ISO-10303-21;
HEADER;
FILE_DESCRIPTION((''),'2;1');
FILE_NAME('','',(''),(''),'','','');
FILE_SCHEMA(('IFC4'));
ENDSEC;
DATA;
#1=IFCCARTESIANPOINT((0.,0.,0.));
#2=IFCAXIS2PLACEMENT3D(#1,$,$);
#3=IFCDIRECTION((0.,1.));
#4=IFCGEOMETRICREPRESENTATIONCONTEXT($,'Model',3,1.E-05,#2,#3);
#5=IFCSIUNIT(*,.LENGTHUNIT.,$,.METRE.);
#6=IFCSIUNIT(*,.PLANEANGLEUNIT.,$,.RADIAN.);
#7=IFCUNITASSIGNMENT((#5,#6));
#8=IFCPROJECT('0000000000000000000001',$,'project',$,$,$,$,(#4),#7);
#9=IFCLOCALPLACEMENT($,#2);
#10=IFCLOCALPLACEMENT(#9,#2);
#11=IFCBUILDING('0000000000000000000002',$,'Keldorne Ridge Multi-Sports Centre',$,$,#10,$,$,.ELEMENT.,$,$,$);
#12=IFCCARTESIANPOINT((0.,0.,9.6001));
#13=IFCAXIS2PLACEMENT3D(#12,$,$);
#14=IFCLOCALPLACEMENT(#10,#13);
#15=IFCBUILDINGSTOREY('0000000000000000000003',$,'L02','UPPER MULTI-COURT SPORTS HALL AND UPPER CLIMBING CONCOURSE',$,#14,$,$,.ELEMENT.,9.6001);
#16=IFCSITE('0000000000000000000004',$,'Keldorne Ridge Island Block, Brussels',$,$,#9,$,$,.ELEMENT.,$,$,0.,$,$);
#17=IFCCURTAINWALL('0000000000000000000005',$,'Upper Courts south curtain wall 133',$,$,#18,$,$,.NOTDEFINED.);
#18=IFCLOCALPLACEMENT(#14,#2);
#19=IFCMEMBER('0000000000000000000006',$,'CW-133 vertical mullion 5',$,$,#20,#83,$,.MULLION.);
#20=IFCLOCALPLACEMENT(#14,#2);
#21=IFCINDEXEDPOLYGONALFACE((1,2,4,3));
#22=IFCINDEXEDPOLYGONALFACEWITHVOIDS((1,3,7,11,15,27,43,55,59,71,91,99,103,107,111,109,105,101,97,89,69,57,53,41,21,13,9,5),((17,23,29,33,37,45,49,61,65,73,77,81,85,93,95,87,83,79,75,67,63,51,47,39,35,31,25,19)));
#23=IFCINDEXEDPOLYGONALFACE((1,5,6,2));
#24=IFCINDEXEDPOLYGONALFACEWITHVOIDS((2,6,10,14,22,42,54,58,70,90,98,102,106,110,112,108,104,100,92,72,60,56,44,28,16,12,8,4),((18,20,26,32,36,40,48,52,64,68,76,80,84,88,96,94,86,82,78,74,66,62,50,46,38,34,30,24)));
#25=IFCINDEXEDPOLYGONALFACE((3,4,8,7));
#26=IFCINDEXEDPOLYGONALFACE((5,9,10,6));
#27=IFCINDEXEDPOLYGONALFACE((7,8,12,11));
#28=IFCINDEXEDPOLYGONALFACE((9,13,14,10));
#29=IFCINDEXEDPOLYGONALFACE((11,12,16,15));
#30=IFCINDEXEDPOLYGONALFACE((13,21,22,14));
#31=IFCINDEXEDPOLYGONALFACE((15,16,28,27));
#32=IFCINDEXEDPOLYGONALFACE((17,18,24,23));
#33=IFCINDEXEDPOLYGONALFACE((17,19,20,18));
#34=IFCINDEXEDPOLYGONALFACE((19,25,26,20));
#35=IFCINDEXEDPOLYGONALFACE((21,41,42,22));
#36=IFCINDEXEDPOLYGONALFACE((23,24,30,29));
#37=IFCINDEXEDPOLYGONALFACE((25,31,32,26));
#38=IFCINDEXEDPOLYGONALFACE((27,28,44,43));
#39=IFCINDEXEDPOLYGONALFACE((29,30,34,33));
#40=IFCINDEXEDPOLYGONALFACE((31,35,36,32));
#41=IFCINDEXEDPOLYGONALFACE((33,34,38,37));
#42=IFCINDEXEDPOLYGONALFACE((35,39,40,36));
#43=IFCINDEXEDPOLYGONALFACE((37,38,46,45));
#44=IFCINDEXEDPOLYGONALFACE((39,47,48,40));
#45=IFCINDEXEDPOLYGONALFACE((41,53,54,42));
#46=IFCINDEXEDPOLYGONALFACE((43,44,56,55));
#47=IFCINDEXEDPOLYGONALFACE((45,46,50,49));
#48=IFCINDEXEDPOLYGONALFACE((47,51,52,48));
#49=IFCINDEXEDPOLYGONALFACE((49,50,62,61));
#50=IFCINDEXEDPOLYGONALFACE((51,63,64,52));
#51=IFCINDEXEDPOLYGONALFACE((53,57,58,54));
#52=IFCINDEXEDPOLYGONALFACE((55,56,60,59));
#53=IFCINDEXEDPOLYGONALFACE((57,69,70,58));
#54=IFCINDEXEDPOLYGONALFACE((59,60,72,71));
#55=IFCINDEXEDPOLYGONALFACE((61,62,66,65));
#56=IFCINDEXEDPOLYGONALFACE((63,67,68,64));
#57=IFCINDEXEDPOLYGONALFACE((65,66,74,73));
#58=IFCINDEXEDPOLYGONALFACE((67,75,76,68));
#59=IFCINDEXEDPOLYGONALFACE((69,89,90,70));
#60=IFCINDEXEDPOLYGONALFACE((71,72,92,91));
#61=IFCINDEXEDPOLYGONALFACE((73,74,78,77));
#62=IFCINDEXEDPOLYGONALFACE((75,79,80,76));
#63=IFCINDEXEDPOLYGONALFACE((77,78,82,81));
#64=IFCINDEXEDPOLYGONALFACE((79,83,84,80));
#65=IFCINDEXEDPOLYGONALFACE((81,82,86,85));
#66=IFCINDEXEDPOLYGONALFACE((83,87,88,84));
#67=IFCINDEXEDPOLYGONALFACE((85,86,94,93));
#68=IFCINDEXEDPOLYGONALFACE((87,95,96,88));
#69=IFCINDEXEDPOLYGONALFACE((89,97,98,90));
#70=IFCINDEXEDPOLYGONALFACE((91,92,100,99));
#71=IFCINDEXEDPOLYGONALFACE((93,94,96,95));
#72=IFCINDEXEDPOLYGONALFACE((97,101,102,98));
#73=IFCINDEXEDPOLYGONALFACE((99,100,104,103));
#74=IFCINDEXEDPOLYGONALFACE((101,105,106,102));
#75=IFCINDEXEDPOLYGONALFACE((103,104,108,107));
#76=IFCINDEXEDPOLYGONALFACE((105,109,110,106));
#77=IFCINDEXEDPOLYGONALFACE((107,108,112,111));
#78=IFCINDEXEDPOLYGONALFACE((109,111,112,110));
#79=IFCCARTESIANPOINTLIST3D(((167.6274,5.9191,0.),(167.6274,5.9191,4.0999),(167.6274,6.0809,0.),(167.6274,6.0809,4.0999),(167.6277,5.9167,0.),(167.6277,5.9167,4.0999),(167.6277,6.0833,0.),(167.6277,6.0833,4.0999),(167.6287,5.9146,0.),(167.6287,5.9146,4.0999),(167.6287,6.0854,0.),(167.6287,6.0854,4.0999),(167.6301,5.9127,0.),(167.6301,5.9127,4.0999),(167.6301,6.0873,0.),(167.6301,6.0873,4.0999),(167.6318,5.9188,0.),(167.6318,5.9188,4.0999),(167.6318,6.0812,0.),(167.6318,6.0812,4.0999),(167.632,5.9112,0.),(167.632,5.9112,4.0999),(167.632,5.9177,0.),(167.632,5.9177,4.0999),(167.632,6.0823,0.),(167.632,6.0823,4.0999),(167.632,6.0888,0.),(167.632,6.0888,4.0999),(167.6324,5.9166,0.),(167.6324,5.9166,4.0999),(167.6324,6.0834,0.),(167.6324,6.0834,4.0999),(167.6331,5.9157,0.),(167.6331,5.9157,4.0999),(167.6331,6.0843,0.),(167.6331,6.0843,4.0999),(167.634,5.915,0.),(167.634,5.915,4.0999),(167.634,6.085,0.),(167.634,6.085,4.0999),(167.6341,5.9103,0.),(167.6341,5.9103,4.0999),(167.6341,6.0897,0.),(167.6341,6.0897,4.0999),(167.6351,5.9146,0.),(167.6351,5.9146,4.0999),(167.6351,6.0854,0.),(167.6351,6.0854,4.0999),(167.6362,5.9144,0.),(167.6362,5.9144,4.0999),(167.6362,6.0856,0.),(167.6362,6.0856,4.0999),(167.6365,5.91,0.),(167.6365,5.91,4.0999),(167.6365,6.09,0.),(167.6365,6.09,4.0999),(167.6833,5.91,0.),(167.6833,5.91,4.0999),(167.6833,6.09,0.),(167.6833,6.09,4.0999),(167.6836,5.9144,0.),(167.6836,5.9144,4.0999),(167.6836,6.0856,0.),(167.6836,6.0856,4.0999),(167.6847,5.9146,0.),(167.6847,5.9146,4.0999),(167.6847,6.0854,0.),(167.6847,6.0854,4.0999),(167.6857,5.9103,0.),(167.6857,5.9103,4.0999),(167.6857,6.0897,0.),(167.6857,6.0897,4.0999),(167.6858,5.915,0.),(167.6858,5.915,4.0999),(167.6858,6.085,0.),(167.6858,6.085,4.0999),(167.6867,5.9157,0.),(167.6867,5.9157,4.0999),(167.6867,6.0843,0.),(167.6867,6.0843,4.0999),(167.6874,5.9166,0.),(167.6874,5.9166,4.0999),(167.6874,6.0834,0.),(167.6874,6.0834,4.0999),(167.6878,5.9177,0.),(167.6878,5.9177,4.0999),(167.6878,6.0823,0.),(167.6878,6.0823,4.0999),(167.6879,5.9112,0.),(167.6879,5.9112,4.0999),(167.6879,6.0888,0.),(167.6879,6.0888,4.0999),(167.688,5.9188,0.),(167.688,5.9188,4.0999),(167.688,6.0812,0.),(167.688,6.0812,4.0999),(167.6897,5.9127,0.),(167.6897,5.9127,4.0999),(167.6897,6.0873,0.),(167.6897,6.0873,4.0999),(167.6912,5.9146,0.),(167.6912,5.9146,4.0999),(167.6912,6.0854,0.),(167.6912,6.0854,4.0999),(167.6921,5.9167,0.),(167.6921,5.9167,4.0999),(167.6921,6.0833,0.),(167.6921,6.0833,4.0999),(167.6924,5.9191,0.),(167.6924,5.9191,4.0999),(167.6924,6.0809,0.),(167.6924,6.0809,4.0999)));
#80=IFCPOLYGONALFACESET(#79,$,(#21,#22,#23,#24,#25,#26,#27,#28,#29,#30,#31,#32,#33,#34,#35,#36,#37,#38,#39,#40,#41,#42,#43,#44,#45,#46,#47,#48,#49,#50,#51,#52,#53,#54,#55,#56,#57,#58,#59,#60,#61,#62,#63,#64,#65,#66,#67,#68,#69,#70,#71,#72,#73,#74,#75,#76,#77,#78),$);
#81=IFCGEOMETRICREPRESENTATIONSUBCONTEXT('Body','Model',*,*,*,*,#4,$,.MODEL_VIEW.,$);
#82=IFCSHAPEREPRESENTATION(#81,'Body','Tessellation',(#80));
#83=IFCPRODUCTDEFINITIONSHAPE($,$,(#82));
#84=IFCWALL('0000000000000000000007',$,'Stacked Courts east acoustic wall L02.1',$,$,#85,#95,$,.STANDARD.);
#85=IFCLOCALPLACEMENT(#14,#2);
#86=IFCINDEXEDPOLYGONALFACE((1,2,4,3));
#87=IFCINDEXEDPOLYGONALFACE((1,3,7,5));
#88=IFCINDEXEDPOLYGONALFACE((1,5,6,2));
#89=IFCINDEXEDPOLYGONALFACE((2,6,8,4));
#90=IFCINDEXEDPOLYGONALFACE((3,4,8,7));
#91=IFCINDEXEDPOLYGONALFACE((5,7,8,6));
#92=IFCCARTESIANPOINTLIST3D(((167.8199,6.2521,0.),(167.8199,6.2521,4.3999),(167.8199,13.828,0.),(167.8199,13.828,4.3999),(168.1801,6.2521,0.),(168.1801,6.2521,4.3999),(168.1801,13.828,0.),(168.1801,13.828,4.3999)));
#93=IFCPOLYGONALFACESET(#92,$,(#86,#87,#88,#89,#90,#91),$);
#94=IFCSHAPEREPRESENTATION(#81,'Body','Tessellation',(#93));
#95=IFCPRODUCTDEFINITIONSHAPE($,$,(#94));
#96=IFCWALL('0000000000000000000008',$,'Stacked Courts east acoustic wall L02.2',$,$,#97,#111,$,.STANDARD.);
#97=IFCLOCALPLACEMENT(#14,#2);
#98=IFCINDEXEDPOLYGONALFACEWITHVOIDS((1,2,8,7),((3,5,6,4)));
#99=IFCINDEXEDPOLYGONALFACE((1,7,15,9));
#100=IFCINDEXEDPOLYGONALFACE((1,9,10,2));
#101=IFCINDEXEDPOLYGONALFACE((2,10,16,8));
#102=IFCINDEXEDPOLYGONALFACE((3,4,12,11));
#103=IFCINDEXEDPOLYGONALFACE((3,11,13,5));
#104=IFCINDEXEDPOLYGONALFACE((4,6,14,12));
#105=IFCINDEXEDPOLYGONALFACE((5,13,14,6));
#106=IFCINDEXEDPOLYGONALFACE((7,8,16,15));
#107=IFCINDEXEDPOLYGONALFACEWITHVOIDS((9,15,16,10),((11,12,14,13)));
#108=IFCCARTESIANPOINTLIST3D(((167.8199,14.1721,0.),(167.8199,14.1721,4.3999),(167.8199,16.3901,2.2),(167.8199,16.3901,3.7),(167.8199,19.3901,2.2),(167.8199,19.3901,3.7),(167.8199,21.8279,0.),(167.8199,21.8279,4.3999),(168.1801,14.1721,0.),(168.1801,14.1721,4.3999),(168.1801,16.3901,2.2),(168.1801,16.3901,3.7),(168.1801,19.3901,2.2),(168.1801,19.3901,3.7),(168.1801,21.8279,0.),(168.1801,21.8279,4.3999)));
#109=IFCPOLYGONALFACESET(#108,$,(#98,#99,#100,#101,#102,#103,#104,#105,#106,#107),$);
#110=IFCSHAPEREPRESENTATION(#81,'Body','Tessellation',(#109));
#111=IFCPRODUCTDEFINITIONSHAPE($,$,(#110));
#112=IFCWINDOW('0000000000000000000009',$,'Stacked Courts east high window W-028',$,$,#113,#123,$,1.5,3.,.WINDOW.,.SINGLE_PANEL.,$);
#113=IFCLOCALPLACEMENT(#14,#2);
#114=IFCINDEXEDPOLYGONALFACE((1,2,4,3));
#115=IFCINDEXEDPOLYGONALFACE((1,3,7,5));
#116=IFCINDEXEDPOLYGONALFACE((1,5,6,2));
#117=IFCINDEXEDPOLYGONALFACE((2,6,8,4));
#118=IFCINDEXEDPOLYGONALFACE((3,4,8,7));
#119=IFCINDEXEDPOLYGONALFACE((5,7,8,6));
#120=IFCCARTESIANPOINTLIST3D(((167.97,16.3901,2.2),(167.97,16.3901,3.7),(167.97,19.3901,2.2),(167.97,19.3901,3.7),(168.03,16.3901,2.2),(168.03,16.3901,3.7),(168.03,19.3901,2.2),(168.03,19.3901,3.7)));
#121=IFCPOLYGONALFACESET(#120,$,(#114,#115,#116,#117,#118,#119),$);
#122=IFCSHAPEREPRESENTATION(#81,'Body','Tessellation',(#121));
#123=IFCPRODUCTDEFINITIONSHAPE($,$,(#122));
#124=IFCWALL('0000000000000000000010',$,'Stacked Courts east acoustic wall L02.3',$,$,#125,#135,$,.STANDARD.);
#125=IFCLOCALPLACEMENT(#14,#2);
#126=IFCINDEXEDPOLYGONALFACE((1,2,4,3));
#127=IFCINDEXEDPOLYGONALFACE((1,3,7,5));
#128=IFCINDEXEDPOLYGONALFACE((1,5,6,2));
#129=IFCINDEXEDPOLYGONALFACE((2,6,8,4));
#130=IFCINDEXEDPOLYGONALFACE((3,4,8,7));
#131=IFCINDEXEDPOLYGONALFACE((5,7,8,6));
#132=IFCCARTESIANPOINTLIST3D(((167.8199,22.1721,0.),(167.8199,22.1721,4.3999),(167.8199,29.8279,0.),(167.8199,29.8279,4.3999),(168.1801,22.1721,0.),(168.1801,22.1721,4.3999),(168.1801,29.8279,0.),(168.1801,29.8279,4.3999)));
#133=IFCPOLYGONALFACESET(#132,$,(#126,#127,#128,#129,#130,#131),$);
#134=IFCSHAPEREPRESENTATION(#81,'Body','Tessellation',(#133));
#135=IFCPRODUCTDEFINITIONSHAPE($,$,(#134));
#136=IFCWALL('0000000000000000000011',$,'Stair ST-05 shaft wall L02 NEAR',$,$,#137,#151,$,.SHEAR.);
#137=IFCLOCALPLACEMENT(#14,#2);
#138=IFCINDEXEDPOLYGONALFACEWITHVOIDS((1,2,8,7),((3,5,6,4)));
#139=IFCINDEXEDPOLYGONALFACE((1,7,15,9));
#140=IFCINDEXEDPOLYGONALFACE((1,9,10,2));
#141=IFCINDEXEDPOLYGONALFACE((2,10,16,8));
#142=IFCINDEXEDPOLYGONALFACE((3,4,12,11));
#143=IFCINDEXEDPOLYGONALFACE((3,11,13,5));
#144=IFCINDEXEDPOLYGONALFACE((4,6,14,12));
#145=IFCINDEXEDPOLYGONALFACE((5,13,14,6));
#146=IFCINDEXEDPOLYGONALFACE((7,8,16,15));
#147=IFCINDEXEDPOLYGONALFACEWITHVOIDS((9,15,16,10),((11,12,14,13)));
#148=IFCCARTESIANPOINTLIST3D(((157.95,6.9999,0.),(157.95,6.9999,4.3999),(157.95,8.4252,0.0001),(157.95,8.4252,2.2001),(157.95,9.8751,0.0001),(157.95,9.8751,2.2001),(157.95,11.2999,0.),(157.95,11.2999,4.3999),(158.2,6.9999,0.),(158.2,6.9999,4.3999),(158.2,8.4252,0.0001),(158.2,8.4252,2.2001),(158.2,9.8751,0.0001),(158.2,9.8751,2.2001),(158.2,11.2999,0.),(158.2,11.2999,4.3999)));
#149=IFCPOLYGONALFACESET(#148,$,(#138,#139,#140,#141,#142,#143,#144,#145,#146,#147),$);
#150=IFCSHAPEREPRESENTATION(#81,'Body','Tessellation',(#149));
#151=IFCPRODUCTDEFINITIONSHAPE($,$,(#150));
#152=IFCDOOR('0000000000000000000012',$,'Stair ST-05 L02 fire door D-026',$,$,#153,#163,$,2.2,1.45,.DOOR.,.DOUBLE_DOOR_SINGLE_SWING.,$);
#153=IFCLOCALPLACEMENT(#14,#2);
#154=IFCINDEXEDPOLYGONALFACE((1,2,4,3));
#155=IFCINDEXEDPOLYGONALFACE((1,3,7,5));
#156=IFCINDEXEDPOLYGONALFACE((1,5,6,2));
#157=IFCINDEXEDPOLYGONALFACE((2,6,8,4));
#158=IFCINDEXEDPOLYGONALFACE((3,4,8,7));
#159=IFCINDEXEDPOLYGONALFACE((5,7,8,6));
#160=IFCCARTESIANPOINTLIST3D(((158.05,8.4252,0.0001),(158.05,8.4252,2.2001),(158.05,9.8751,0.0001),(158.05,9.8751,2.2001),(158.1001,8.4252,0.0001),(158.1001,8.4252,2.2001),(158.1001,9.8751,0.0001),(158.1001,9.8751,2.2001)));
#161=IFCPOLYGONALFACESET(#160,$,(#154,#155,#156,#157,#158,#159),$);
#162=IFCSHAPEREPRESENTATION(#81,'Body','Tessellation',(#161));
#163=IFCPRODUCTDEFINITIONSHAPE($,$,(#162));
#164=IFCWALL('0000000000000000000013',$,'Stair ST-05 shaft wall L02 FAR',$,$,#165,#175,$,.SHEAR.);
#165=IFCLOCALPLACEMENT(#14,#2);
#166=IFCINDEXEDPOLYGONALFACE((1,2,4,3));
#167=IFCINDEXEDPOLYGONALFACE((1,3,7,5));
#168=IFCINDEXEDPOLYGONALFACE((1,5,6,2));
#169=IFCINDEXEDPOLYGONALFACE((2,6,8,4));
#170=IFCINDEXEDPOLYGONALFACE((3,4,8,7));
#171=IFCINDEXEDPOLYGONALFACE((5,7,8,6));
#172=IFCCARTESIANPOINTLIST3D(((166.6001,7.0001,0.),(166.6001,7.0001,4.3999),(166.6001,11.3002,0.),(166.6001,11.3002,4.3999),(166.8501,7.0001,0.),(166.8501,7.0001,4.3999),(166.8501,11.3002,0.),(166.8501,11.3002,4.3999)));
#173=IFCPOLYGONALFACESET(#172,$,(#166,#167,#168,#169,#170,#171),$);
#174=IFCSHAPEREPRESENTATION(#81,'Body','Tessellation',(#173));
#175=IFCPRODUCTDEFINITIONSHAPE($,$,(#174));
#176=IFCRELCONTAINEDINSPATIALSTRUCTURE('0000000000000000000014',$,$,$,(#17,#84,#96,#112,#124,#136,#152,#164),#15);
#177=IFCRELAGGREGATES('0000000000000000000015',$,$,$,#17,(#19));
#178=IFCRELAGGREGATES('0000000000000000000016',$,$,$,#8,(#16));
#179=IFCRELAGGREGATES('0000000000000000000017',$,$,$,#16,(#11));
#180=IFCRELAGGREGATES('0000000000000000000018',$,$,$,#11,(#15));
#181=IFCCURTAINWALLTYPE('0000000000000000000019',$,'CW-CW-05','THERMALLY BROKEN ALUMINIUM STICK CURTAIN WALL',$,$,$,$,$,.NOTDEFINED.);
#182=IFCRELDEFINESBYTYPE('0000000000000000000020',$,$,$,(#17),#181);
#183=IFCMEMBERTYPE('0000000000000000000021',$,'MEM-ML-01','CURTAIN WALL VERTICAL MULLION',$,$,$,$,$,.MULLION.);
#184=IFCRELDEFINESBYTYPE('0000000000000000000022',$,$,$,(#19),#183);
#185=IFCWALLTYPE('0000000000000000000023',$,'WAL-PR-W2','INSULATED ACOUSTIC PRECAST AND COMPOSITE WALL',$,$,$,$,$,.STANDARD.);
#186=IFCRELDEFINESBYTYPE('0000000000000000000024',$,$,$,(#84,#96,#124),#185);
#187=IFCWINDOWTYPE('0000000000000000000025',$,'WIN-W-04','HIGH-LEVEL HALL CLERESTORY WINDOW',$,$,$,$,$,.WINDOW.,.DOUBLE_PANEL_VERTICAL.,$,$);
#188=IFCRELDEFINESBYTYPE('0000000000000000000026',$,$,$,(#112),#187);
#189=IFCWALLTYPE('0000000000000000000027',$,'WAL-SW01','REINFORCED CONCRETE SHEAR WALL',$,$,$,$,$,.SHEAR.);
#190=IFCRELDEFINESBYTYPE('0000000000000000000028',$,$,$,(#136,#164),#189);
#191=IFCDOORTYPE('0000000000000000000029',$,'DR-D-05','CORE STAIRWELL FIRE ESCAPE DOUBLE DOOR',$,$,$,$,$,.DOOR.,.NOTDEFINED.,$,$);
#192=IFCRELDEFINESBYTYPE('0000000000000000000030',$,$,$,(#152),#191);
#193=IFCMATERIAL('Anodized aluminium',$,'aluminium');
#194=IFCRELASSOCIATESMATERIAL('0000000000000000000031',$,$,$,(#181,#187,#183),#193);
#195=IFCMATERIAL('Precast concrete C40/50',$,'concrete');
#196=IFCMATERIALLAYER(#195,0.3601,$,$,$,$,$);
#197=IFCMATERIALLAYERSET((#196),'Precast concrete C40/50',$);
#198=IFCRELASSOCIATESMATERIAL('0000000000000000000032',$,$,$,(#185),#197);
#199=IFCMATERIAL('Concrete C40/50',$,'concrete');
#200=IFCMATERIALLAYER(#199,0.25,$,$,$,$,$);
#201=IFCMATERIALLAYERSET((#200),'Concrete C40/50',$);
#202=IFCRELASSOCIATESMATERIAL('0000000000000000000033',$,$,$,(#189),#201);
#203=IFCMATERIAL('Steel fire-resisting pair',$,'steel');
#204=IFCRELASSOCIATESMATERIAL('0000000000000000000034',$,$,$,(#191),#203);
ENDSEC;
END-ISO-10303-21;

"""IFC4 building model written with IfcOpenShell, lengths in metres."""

from ifc_helpers import new_model, si_unit, direction, frame, frame_2d, origin, origin_2d, place, context, subcontext, project, spatial, rectangle, hollow_rectangle, extrude, material, layer, layer_set, material_profile, profile_set, type_object, element, fill, aggregate, save


model = new_model("IFC4")

# Units and contexts
model_context = context("Model", 3, precision=1e-05, world=origin(), true_north=direction((0.0, 1.0)))
body_context = subcontext(model_context, "Body", "Model", "MODEL_VIEW")
ifc_project = project(units=[si_unit("LENGTHUNIT", "METRE"), si_unit("PLANEANGLEUNIT", "RADIAN")], contexts=[model_context])

# Site, building, storey
site_placement = place(None, origin())
site = spatial("IfcSite", under=ifc_project, at=site_placement, Name="Keldorne Ridge Island Block, Brussels", CompositionType="ELEMENT", RefElevation=0.0)
building_placement = place(site_placement, origin())
building = spatial("IfcBuilding", under=site, at=building_placement, Name="Keldorne Ridge Multi-Sports Centre", CompositionType="ELEMENT")
storey_placement = place(building_placement, frame((0.0, 0.0, 9.6001)))
storey = spatial("IfcBuildingStorey", under=building, at=storey_placement, Name="L02", Description="UPPER MULTI-COURT SPORTS HALL AND UPPER CLIMBING CONCOURSE", CompositionType="ELEMENT", Elevation=9.6001)

# Curtain wall, member
ifc_material_1 = material(Name="Anodized aluminium", Category="aluminium")
curtain_wall_type = type_object("IfcCurtainWallType", Name="CW-CW-05", Description="THERMALLY BROKEN ALUMINIUM STICK CURTAIN WALL", PredefinedType="NOTDEFINED", material=ifc_material_1)
curtain_wall_placement = place(storey_placement, origin())
curtain_wall = element("IfcCurtainWall", 1, at=curtain_wall_placement, inside=storey, type_object=curtain_wall_type, Name="Upper Courts south curtain wall 133", PredefinedType="NOTDEFINED")
ifc_material_profile_1 = material_profile(ifc_material_1, hollow_rectangle(XDim=0.0649, YDim=0.1799, WallThickness=0.0044, InnerFilletRadius=0.0044, OuterFilletRadius=0.009, at=origin_2d()), Name="ALU MULLION 180x65x4.5")
ifc_profile_set_1 = profile_set([ifc_material_profile_1], Name="Anodized aluminium")
member_type = type_object("IfcMemberType", Name="MEM-ML-01", Description="CURTAIN WALL VERTICAL MULLION", PredefinedType="MULLION", material=ifc_profile_set_1)
member_placement = place(storey_placement, frame((167.6599, 6.0, 0.0), z_axis=(0.0, 0.0, 1.0), x_axis=(1.0, 0.0, 0.0)))
member = element("IfcMember", 2, at=member_placement, type_object=member_type, Name="CW-133 vertical mullion 5", PredefinedType="MULLION", context=body_context, shape_type="SweptSolid", body=[
    extrude(hollow_rectangle(XDim=0.0649, YDim=0.1799, WallThickness=0.0044, InnerFilletRadius=0.0044, OuterFilletRadius=0.009, at=origin_2d()), origin(), (0.0, 0.0, 1.0), 4.0999),
])
aggregate(curtain_wall, [member])

# Wall
ifc_material_2 = material(Name="Precast concrete C40/50", Category="concrete")
ifc_layer_1 = layer(ifc_material_2, 0.3601)
ifc_layer_set_1 = layer_set([ifc_layer_1], Name="Precast concrete C40/50")
wall_type_1 = type_object("IfcWallType", Name="WAL-PR-W2", Description="INSULATED ACOUSTIC PRECAST AND COMPOSITE WALL", PredefinedType="STANDARD", material=ifc_layer_set_1)
wall_1_placement = place(storey_placement, frame((168.0, 6.252, 0.0), z_axis=(0.0, 0.0, 1.0), x_axis=(0.0, 1.0, 0.0)))
element("IfcWall", 3, at=wall_1_placement, inside=storey, type_object=wall_type_1, Name="Stacked Courts east acoustic wall L02.1", PredefinedType="STANDARD", context=body_context, shape_type="SweptSolid", body=[
    extrude(rectangle(XDim=7.5759, YDim=0.3601, at=frame_2d((3.7881, 0.0))), origin(), (0.0, 0.0, 1.0), 4.3999),
])

# Wall, opening, window
wall_2_placement = place(storey_placement, frame((168.0, 14.1721, 0.0), z_axis=(0.0, 0.0, 1.0), x_axis=(0.0, 1.0, 0.0)))
wall_2 = element("IfcWall", 4, at=wall_2_placement, inside=storey, type_object=wall_type_1, Name="Stacked Courts east acoustic wall L02.2", PredefinedType="STANDARD", context=body_context, shape_type="SweptSolid", body=[
    extrude(rectangle(XDim=7.6558, YDim=0.3601, at=frame_2d((3.8279, 0.0))), origin(), (0.0, 0.0, 1.0), 4.3999),
])
opening_1_placement = place(wall_2_placement, frame((2.218, 0.0, 2.2)))
opening_1 = element("IfcOpeningElement", 5, at=opening_1_placement, cuts=wall_2, PredefinedType="OPENING", context=body_context, shape_type="SweptSolid", body=[
    extrude(rectangle(XDim=3.0, YDim=1.5, at=frame_2d((1.5, 0.75))), frame((0.0, 0.1899, 0.0), z_axis=(0.0, -1.0, 0.0), x_axis=(1.0, 0.0, 0.0)), (0.0, 0.0, 1.0), 0.3801),
])
window_type = type_object("IfcWindowType", Name="WIN-W-04", Description="HIGH-LEVEL HALL CLERESTORY WINDOW", PartitioningType="DOUBLE_PANEL_VERTICAL", PredefinedType="WINDOW", material=ifc_material_1)
window_placement = place(opening_1_placement, origin())
window = element("IfcWindow", 6, at=window_placement, inside=storey, type_object=window_type, Name="Stacked Courts east high window W-028", OverallHeight=1.5, OverallWidth=3.0, PartitioningType="SINGLE_PANEL", PredefinedType="WINDOW", context=body_context, shape_type="SweptSolid", body=[
    extrude(rectangle(XDim=3.0, YDim=1.5, at=frame_2d((1.5, 0.75))), frame((0.0, 0.03, 0.0), z_axis=(0.0, -1.0, 0.0), x_axis=(1.0, 0.0, 0.0)), (0.0, 0.0, 1.0), 0.0601),
])
fill(opening_1, window)

# Wall
wall_3_placement = place(storey_placement, frame((168.0, 22.1721, 0.0), z_axis=(0.0, 0.0, 1.0), x_axis=(0.0, 1.0, 0.0)))
element("IfcWall", 7, at=wall_3_placement, inside=storey, type_object=wall_type_1, Name="Stacked Courts east acoustic wall L02.3", PredefinedType="STANDARD", context=body_context, shape_type="SweptSolid", body=[
    extrude(rectangle(XDim=7.6558, YDim=0.3601, at=frame_2d((3.8279, 0.0))), origin(), (0.0, 0.0, 1.0), 4.3999),
])

# Wall, opening, door
ifc_material_3 = material(Name="Concrete C40/50", Category="concrete")
ifc_layer_2 = layer(ifc_material_3, 0.25)
ifc_layer_set_2 = layer_set([ifc_layer_2], Name="Concrete C40/50")
wall_type_2 = type_object("IfcWallType", Name="WAL-SW01", Description="REINFORCED CONCRETE SHEAR WALL", PredefinedType="SHEAR", material=ifc_layer_set_2)
wall_4_placement = place(storey_placement, frame((158.075, 7.0, 0.0), z_axis=(0.0, 0.0, 1.0), x_axis=(0.0, 1.0, 0.0)))
wall_4 = element("IfcWall", 8, at=wall_4_placement, inside=storey, type_object=wall_type_2, Name="Stair ST-05 shaft wall L02 NEAR", PredefinedType="SHEAR", context=body_context, shape_type="SweptSolid", body=[
    extrude(rectangle(XDim=4.3, YDim=0.25, at=frame_2d((2.1499, 0.0))), origin(), (0.0, 0.0, 1.0), 4.3999),
])
opening_2_placement = place(wall_4_placement, frame((1.425, 0.0, 0.0)))
opening_2 = element("IfcOpeningElement", 9, at=opening_2_placement, cuts=wall_4, PredefinedType="OPENING", context=body_context, shape_type="SweptSolid", body=[
    extrude(rectangle(XDim=1.45, YDim=2.2, at=frame_2d((0.7251, 1.1001))), frame((0.0, 0.135, 0.0), z_axis=(0.0, -1.0, 0.0), x_axis=(1.0, 0.0, 0.0)), (0.0, 0.0, 1.0), 0.27),
])
ifc_material_4 = material(Name="Steel fire-resisting pair", Category="steel")
door_type = type_object("IfcDoorType", Name="DR-D-05", Description="CORE STAIRWELL FIRE ESCAPE DOUBLE DOOR", OperationType="NOTDEFINED", PredefinedType="DOOR", material=ifc_material_4)
door_placement = place(opening_2_placement, origin())
door = element("IfcDoor", 10, at=door_placement, inside=storey, type_object=door_type, Name="Stair ST-05 L02 fire door D-026", OperationType="DOUBLE_DOOR_SINGLE_SWING", OverallHeight=2.2, OverallWidth=1.45, PredefinedType="DOOR", context=body_context, shape_type="SweptSolid", body=[
    extrude(rectangle(XDim=1.45, YDim=2.2, at=frame_2d((0.7251, 1.1001))), frame((0.0, 0.0249, 0.0), z_axis=(0.0, -1.0, 0.0), x_axis=(1.0, 0.0, 0.0)), (0.0, 0.0, 1.0), 0.05),
])
fill(opening_2, door)

# Wall
wall_5_placement = place(storey_placement, frame((166.7251, 11.3, 0.0), z_axis=(0.0, 0.0, 1.0), x_axis=(0.0, -1.0, 0.0)))
element("IfcWall", 11, at=wall_5_placement, inside=storey, type_object=wall_type_2, Name="Stair ST-05 shaft wall L02 FAR", PredefinedType="SHEAR", context=body_context, shape_type="SweptSolid", body=[
    extrude(rectangle(XDim=4.3, YDim=0.25, at=frame_2d((2.1499, 0.0))), origin(), (0.0, 0.0, 1.0), 4.3999),
])

save(model, "model.ifc")
